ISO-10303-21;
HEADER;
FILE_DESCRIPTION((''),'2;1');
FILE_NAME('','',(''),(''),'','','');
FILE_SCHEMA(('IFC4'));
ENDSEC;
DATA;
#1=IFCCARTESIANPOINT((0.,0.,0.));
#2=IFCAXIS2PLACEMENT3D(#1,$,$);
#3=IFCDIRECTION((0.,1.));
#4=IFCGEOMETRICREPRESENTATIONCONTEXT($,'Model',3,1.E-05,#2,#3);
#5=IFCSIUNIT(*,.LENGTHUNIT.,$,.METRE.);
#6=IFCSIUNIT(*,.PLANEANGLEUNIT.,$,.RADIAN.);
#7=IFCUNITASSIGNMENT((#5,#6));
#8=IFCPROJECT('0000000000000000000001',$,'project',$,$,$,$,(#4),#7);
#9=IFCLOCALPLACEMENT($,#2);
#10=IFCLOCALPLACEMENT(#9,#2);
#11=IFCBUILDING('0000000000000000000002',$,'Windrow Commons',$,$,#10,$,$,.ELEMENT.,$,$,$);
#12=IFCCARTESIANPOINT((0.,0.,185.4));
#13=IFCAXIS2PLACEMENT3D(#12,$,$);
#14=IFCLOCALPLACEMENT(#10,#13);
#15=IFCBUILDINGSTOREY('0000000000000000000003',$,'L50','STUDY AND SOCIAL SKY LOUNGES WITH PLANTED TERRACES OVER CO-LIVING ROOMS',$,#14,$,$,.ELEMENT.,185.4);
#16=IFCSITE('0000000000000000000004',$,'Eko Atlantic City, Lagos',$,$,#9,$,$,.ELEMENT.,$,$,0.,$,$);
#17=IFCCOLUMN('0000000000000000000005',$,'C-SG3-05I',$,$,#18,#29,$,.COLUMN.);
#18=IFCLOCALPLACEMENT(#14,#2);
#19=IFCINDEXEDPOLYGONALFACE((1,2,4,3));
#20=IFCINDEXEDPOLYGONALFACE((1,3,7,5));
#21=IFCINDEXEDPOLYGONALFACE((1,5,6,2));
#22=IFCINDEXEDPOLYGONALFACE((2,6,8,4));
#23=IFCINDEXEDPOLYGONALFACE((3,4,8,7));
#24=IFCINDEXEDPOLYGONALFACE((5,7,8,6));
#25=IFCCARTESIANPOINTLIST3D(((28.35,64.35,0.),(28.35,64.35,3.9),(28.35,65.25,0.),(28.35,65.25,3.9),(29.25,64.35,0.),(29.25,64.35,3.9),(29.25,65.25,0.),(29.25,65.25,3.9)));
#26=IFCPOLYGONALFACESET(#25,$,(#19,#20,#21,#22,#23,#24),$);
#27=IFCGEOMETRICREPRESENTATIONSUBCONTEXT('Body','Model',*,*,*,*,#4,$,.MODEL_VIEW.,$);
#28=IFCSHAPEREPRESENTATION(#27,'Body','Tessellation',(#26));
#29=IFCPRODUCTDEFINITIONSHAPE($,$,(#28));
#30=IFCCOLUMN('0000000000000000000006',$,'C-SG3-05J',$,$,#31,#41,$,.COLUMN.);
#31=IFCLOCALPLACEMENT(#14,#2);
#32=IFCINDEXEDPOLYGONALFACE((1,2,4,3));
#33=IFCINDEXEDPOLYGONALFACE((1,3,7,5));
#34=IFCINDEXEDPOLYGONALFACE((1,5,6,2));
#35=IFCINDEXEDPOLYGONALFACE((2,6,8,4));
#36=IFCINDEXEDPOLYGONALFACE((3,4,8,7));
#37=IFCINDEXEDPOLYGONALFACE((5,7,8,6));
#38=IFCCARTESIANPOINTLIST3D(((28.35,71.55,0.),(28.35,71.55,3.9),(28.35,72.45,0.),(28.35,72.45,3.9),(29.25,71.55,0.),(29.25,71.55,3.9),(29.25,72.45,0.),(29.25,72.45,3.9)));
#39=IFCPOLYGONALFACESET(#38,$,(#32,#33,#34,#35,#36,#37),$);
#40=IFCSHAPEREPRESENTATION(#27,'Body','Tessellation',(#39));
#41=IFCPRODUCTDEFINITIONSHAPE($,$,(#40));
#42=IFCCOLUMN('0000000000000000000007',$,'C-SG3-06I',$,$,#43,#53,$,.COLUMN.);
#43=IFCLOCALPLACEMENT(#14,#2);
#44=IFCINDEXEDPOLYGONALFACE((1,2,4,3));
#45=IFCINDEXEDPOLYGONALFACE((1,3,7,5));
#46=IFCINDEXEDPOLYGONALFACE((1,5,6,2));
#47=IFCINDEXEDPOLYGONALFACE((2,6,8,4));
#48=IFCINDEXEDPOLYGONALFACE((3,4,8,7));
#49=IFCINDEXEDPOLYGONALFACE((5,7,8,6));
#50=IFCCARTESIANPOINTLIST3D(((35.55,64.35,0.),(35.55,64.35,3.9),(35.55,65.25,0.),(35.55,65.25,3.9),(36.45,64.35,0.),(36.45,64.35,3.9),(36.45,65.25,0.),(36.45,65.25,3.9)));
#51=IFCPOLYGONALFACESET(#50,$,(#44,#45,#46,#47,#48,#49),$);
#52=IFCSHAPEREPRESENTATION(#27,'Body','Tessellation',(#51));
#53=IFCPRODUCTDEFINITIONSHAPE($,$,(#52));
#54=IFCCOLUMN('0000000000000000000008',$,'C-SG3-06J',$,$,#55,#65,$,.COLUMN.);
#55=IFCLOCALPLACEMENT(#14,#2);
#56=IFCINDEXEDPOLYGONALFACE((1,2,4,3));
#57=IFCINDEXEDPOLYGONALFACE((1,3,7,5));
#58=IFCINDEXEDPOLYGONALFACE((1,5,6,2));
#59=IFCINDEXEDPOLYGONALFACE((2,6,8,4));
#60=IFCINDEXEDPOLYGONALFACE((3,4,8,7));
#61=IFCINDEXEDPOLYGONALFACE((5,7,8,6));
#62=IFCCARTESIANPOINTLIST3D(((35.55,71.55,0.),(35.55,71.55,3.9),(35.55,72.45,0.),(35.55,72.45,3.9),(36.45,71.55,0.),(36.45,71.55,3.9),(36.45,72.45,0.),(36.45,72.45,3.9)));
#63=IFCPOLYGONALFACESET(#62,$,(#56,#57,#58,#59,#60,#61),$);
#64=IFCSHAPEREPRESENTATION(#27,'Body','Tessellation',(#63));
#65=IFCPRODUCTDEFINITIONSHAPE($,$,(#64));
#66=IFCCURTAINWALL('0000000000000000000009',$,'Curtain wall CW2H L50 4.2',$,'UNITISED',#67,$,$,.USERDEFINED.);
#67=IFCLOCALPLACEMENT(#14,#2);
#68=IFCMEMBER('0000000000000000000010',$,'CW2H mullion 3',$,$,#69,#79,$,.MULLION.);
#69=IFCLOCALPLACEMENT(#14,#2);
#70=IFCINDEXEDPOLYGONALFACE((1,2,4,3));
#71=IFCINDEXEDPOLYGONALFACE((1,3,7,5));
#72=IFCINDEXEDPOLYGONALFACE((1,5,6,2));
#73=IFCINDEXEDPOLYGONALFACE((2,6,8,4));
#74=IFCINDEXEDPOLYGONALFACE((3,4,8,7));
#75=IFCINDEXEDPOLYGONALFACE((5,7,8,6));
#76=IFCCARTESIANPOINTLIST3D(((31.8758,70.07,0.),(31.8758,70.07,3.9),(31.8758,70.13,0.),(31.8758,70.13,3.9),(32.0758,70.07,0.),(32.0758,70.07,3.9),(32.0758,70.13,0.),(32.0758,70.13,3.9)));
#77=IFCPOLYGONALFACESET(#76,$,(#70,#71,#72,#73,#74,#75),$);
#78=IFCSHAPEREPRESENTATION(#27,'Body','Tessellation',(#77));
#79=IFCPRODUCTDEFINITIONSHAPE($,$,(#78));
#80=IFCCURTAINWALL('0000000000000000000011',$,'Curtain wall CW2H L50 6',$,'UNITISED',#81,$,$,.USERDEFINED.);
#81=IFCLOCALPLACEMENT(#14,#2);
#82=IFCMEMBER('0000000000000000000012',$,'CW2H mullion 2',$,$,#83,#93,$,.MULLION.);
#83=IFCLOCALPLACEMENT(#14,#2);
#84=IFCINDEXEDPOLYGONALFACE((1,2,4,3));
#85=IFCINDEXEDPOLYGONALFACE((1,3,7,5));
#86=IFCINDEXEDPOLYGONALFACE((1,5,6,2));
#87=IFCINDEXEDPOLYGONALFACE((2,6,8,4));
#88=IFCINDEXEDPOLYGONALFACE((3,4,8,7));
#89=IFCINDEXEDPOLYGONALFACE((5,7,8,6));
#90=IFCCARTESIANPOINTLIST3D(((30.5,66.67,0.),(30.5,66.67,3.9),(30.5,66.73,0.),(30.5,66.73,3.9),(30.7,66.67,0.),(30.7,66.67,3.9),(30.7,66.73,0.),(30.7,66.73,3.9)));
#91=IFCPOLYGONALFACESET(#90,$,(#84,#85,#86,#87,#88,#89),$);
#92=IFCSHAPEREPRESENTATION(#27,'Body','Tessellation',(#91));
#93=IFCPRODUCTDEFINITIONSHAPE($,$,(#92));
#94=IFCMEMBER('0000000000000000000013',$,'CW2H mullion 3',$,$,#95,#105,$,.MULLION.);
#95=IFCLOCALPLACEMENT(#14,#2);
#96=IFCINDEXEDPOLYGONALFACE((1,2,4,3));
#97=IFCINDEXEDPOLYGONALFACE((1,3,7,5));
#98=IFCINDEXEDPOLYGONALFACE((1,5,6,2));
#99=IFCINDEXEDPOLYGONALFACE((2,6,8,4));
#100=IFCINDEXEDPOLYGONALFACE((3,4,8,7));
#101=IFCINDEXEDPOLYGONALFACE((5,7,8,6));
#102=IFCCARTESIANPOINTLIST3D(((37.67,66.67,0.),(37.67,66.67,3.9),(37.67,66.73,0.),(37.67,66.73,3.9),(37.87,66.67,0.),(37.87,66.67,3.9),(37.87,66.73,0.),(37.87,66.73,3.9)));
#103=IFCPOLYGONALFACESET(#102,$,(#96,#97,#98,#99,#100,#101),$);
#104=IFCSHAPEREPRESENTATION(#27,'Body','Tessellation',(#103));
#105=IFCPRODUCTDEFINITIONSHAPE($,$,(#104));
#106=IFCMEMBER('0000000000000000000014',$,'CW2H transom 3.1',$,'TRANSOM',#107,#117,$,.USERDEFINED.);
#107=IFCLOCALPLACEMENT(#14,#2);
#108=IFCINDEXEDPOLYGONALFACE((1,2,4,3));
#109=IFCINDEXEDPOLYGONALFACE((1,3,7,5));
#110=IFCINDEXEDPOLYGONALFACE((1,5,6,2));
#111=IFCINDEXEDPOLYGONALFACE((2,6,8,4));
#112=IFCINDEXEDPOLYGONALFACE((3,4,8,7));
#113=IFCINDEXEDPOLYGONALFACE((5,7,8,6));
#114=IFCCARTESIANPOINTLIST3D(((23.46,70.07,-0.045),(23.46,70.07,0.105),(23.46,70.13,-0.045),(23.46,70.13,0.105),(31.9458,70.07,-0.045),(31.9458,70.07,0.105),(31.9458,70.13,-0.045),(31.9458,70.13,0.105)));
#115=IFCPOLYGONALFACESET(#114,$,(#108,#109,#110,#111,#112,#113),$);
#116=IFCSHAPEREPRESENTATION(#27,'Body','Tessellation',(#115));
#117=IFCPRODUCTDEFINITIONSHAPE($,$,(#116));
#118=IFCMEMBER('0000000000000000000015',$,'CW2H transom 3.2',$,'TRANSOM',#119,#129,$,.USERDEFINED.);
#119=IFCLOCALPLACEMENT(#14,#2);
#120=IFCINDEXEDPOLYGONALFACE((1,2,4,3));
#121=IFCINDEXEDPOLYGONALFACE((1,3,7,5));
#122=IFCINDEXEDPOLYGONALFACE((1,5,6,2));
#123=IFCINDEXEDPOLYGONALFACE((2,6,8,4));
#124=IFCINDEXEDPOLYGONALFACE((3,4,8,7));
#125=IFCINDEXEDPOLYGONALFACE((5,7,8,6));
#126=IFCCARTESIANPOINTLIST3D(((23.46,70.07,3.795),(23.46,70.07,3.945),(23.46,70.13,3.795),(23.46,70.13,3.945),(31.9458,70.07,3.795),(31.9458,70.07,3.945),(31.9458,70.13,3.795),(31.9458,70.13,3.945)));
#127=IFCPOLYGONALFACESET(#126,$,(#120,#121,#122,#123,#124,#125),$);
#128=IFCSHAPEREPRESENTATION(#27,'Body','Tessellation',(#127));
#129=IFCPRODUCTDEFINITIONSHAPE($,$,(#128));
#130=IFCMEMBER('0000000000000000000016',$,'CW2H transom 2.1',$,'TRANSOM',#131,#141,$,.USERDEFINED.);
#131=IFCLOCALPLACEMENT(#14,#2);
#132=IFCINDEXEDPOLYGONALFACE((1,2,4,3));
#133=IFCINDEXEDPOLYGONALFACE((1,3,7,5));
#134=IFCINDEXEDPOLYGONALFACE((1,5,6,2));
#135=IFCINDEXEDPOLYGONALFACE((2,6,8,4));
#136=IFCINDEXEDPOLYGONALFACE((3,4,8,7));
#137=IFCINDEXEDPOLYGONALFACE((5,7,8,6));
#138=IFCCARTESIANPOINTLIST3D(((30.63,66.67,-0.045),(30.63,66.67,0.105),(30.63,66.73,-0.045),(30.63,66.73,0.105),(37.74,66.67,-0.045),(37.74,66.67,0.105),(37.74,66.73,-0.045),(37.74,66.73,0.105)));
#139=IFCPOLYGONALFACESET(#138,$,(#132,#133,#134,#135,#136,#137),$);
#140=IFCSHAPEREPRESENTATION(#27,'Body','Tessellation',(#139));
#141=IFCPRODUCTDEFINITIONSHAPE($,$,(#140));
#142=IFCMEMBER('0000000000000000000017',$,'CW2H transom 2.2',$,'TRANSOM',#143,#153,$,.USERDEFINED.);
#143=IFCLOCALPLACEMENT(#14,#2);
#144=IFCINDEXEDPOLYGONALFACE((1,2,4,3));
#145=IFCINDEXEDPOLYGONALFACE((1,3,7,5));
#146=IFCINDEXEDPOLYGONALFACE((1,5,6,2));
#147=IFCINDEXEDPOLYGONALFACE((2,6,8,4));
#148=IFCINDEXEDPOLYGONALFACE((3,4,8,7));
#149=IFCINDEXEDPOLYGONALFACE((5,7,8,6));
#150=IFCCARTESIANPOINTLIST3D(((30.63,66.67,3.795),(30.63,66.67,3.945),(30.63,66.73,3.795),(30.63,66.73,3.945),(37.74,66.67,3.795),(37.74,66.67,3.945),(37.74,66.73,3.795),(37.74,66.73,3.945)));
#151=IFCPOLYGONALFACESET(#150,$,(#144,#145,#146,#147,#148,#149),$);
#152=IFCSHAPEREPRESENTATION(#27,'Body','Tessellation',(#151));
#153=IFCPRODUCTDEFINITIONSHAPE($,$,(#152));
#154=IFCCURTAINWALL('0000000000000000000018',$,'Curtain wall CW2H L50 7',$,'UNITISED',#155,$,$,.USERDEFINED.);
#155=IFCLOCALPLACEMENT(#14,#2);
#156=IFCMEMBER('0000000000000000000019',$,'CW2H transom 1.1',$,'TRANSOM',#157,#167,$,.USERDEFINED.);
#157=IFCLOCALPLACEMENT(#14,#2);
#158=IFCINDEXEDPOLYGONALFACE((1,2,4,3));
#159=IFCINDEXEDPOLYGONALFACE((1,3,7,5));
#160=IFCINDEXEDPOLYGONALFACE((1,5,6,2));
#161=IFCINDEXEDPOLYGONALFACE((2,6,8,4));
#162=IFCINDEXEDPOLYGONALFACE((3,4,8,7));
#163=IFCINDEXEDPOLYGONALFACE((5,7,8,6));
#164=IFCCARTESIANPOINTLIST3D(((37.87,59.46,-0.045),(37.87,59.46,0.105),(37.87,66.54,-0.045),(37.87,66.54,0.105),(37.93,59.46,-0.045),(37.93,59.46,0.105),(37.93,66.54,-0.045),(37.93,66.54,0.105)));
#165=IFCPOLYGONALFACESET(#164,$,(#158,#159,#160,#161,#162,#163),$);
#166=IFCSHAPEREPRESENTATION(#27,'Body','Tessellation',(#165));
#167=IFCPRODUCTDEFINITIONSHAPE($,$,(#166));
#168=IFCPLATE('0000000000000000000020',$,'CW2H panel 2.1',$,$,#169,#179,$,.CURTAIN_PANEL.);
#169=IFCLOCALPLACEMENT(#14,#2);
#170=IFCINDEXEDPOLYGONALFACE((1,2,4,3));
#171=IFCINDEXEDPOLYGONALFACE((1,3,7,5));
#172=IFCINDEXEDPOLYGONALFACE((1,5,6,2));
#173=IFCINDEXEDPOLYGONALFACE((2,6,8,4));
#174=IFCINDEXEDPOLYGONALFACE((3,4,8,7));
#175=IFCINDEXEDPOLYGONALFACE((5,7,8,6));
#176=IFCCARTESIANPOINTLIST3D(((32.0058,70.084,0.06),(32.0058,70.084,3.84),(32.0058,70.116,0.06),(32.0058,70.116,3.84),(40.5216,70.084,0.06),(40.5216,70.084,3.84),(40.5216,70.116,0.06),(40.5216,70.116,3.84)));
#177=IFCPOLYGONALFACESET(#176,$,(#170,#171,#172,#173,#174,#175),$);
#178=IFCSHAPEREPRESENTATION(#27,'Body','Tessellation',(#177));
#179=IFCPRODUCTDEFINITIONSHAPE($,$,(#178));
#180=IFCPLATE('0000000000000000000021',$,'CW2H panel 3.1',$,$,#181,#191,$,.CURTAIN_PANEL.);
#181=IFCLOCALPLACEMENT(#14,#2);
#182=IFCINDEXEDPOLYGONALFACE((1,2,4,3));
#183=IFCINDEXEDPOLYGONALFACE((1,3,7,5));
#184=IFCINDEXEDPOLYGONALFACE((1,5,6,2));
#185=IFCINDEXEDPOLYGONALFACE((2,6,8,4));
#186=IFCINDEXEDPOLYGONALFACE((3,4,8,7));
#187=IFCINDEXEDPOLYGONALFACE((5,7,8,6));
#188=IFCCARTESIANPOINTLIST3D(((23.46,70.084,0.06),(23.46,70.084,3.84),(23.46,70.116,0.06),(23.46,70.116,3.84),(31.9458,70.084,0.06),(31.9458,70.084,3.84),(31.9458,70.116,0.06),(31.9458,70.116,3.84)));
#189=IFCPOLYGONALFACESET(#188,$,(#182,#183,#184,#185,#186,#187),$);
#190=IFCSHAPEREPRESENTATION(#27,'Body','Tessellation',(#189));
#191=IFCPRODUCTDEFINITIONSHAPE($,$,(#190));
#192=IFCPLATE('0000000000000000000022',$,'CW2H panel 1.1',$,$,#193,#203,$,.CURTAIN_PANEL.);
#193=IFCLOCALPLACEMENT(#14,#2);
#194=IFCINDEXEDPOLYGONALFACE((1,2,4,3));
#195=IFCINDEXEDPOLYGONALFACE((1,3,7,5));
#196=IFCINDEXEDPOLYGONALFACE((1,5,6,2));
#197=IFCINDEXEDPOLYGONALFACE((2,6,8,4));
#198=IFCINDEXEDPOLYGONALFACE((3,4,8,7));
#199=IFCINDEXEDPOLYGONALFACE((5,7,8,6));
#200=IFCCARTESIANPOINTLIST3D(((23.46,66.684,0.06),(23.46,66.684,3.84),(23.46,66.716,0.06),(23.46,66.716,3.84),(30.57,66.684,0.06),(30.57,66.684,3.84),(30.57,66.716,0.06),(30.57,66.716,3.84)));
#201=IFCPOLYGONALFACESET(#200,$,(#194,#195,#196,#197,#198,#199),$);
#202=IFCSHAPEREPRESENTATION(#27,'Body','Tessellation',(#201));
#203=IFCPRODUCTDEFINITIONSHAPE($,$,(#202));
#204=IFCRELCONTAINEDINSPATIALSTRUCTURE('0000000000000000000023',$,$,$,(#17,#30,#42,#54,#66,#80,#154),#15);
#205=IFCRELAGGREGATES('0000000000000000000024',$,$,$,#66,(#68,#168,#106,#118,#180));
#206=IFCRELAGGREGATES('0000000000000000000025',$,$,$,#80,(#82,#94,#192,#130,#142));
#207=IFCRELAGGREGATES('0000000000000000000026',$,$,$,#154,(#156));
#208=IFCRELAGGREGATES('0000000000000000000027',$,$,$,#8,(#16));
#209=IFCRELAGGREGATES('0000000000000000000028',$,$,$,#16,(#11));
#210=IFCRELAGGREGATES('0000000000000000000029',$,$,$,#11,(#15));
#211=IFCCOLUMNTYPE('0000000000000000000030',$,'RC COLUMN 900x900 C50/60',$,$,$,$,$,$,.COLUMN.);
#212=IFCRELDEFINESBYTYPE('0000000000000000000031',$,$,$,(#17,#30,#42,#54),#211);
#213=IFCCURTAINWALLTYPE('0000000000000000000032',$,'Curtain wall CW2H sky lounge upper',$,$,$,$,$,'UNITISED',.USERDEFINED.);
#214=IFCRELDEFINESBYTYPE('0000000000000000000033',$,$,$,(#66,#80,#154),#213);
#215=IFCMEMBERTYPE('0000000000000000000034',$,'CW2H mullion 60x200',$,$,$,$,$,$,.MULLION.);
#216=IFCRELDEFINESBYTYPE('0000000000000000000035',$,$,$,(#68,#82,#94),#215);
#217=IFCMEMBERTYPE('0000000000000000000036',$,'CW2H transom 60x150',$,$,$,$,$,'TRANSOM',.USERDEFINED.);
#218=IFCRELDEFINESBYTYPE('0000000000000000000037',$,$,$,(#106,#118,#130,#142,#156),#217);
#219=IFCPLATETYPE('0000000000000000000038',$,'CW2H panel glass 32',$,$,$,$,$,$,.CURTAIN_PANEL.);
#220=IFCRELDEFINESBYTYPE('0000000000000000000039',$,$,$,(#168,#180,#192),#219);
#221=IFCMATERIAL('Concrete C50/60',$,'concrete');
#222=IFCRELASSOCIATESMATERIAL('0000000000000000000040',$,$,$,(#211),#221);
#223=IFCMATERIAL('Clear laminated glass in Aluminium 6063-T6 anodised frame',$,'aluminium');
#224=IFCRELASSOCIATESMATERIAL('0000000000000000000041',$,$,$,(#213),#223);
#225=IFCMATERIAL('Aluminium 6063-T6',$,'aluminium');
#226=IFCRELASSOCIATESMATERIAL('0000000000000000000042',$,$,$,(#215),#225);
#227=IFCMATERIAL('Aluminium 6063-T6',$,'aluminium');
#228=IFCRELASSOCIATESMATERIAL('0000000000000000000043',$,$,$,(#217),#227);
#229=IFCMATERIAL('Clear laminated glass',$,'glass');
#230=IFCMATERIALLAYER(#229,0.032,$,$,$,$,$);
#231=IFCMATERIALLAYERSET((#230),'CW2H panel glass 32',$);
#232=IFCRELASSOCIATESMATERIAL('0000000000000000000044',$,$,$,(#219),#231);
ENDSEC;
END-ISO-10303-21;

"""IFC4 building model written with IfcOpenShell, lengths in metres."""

from ifc_helpers import new_model, si_unit, direction, frame, origin, origin_2d, place, context, subcontext, project, spatial, rectangle, extrude, material, layer, layer_set, material_profile, profile_set, type_object, element, aggregate, save


model = new_model("IFC4")

# Units and contexts
model_context = context("Model", 3, precision=1e-05, world=origin(), true_north=direction((0.0, 1.0)))
body_context = subcontext(model_context, "Body", "Model", "MODEL_VIEW")
ifc_project = project(units=[si_unit("LENGTHUNIT", "METRE"), si_unit("PLANEANGLEUNIT", "RADIAN")], contexts=[model_context])

# Site, building, storey
site_placement = place(None, origin())
site = spatial("IfcSite", under=ifc_project, at=site_placement, Name="Eko Atlantic City, Lagos", CompositionType="ELEMENT", RefElevation=0.0)
building_placement = place(site_placement, origin())
building = spatial("IfcBuilding", under=site, at=building_placement, Name="Windrow Commons", CompositionType="ELEMENT")
storey_placement = place(building_placement, frame((0.0, 0.0, 185.4)))
storey = spatial("IfcBuildingStorey", under=building, at=storey_placement, Name="L50", Description="STUDY AND SOCIAL SKY LOUNGES WITH PLANTED TERRACES OVER CO-LIVING ROOMS", CompositionType="ELEMENT", Elevation=185.4)

# Columns
ifc_material_1 = material(Name="Concrete C50/60", Category="concrete")
ifc_material_profile_1 = material_profile(ifc_material_1, rectangle(XDim=0.9, YDim=0.9, at=origin_2d()))
ifc_profile_set_1 = profile_set([ifc_material_profile_1], Name="Concrete C50/60")
column_type = type_object("IfcColumnType", Name="RC COLUMN 900x900 C50/60", PredefinedType="COLUMN", material=ifc_profile_set_1)
for number, where, z_axis, x_axis, name in (
    (1, (28.8, 64.8, 0.0), (0.0, 0.0, 1.0), (1.0, 0.0, 0.0), "C-SG3-05I"),
    (2, (28.8, 72.0, 0.0), (0.0, 0.0, 1.0), (1.0, 0.0, 0.0), "C-SG3-05J"),
    (3, (36.0, 64.8, 0.0), (0.0, 0.0, 1.0), (1.0, 0.0, 0.0), "C-SG3-06I"),
    (4, (36.0, 72.0, 0.0), (0.0, 0.0, 1.0), (1.0, 0.0, 0.0), "C-SG3-06J"),
):
    element("IfcColumn", number, at=place(storey_placement, frame(where, z_axis=z_axis, x_axis=x_axis)), inside=storey, type_object=column_type, Name=name, PredefinedType="COLUMN", context=body_context, shape_type="SweptSolid", body=[
        extrude(rectangle(XDim=0.9, YDim=0.9, at=origin_2d()), origin(), (0.0, 0.0, 1.0), 3.9),
    ])

# Curtain wall, member
ifc_material_2 = material(Name="Clear laminated glass in Aluminium 6063-T6 anodised frame", Category="aluminium")
curtain_wall_type = type_object("IfcCurtainWallType", Name="Curtain wall CW2H sky lounge upper", ElementType="UNITISED", PredefinedType="USERDEFINED", material=ifc_material_2)
placement = place(storey_placement, origin())
curtain_wall_1 = element("IfcCurtainWall", 5, at=placement, inside=storey, type_object=curtain_wall_type, Name="Curtain wall CW2H L50 4.2", ObjectType="UNITISED", PredefinedType="USERDEFINED")
ifc_material_3 = material(Name="Aluminium 6063-T6", Category="aluminium")
ifc_material_profile_2 = material_profile(ifc_material_3, rectangle(XDim=0.06, YDim=0.2, at=origin_2d()))
ifc_profile_set_2 = profile_set([ifc_material_profile_2], Name="Aluminium 6063-T6")
member_type_1 = type_object("IfcMemberType", Name="CW2H mullion 60x200", PredefinedType="MULLION", material=ifc_profile_set_2)
member_1_placement = place(storey_placement, frame((31.9758, 70.1, 0.0), z_axis=(0.0, 0.0, 1.0), x_axis=(0.0, -1.0, 0.0)))
member_1 = element("IfcMember", 6, at=member_1_placement, type_object=member_type_1, Name="CW2H mullion 3", PredefinedType="MULLION", context=body_context, shape_type="SweptSolid", body=[
    extrude(rectangle(XDim=0.06, YDim=0.2, at=origin_2d()), origin(), (0.0, 0.0, 1.0), 3.9),
])

# Curtain wall, members
curtain_wall_2 = element("IfcCurtainWall", 7, at=placement, inside=storey, type_object=curtain_wall_type, Name="Curtain wall CW2H L50 6", ObjectType="UNITISED", PredefinedType="USERDEFINED")
member_2_placement = place(storey_placement, frame((30.6, 66.7, 0.0), z_axis=(0.0, 0.0, 1.0), x_axis=(0.0, 1.0, 0.0)))
member_2 = element("IfcMember", 8, at=member_2_placement, type_object=member_type_1, Name="CW2H mullion 2", PredefinedType="MULLION", context=body_context, shape_type="SweptSolid", body=[
    extrude(rectangle(XDim=0.06, YDim=0.2, at=origin_2d()), origin(), (0.0, 0.0, 1.0), 3.9),
])
member_3_placement = place(storey_placement, frame((37.77, 66.7, 0.0), z_axis=(0.0, 0.0, 1.0), x_axis=(0.0, 1.0, 0.0)))
member_3 = element("IfcMember", 9, at=member_3_placement, type_object=member_type_1, Name="CW2H mullion 3", PredefinedType="MULLION", context=body_context, shape_type="SweptSolid", body=[
    extrude(rectangle(XDim=0.06, YDim=0.2, at=origin_2d()), origin(), (0.0, 0.0, 1.0), 3.9),
])

# Members
ifc_material_4 = material(Name="Aluminium 6063-T6", Category="aluminium")
ifc_material_profile_3 = material_profile(ifc_material_4, rectangle(XDim=0.06, YDim=0.15, at=origin_2d()))
ifc_profile_set_3 = profile_set([ifc_material_profile_3], Name="Aluminium 6063-T6")
member_type_2 = type_object("IfcMemberType", Name="CW2H transom 60x150", ElementType="TRANSOM", PredefinedType="USERDEFINED", material=ifc_profile_set_3)
member_4_placement = place(storey_placement, frame((31.9458, 70.1, 0.03), z_axis=(-1.0, 0.0, 0.0), x_axis=(0.0, -1.0, 0.0)))
member_4 = element("IfcMember", 10, at=member_4_placement, type_object=member_type_2, Name="CW2H transom 3.1", ObjectType="TRANSOM", PredefinedType="USERDEFINED", context=body_context, shape_type="SweptSolid", body=[
    extrude(rectangle(XDim=0.06, YDim=0.15, at=origin_2d()), origin(), (0.0, 0.0, 1.0), 8.4858),
])
member_5_placement = place(storey_placement, frame((31.9458, 70.1, 3.87), z_axis=(-1.0, 0.0, 0.0), x_axis=(0.0, -1.0, 0.0)))
member_5 = element("IfcMember", 11, at=member_5_placement, type_object=member_type_2, Name="CW2H transom 3.2", ObjectType="TRANSOM", PredefinedType="USERDEFINED", context=body_context, shape_type="SweptSolid", body=[
    extrude(rectangle(XDim=0.06, YDim=0.15, at=origin_2d()), origin(), (0.0, 0.0, 1.0), 8.4858),
])
member_6_placement = place(storey_placement, frame((30.63, 66.7, 0.03), z_axis=(1.0, 0.0, 0.0), x_axis=(0.0, 1.0, 0.0)))
member_6 = element("IfcMember", 12, at=member_6_placement, type_object=member_type_2, Name="CW2H transom 2.1", ObjectType="TRANSOM", PredefinedType="USERDEFINED", context=body_context, shape_type="SweptSolid", body=[
    extrude(rectangle(XDim=0.06, YDim=0.15, at=origin_2d()), origin(), (0.0, 0.0, 1.0), 7.11),
])
member_7_placement = place(storey_placement, frame((30.63, 66.7, 3.87), z_axis=(1.0, 0.0, 0.0), x_axis=(0.0, 1.0, 0.0)))
member_7 = element("IfcMember", 13, at=member_7_placement, type_object=member_type_2, Name="CW2H transom 2.2", ObjectType="TRANSOM", PredefinedType="USERDEFINED", context=body_context, shape_type="SweptSolid", body=[
    extrude(rectangle(XDim=0.06, YDim=0.15, at=origin_2d()), origin(), (0.0, 0.0, 1.0), 7.11),
])

# Curtain wall, member
curtain_wall_3 = element("IfcCurtainWall", 14, at=placement, inside=storey, type_object=curtain_wall_type, Name="Curtain wall CW2H L50 7", ObjectType="UNITISED", PredefinedType="USERDEFINED")
member_8_placement = place(storey_placement, frame((37.9, 66.54, 0.03), z_axis=(0.0, -1.0, 0.0), x_axis=(1.0, 0.0, 0.0)))
member_8 = element("IfcMember", 15, at=member_8_placement, type_object=member_type_2, Name="CW2H transom 1.1", ObjectType="TRANSOM", PredefinedType="USERDEFINED", context=body_context, shape_type="SweptSolid", body=[
    extrude(rectangle(XDim=0.06, YDim=0.15, at=origin_2d()), origin(), (0.0, 0.0, 1.0), 7.08),
])

# Plates
ifc_material_5 = material(Name="Clear laminated glass", Category="glass")
ifc_layer_1 = layer(ifc_material_5, 0.032)
ifc_layer_set_1 = layer_set([ifc_layer_1], Name="CW2H panel glass 32")
plate_type = type_object("IfcPlateType", Name="CW2H panel glass 32", PredefinedType="CURTAIN_PANEL", material=ifc_layer_set_1)
plate_1_placement = place(storey_placement, frame((36.2637, 70.1, 0.06), z_axis=(0.0, 0.0, 1.0), x_axis=(-1.0, 0.0, 0.0)))
plate_1 = element("IfcPlate", 16, at=plate_1_placement, type_object=plate_type, Name="CW2H panel 2.1", PredefinedType="CURTAIN_PANEL", context=body_context, shape_type="SweptSolid", body=[
    extrude(rectangle(XDim=8.5158, YDim=0.032, at=origin_2d()), origin(), (0.0, 0.0, 1.0), 3.78),
])
plate_2_placement = place(storey_placement, frame((27.7029, 70.1, 0.06), z_axis=(0.0, 0.0, 1.0), x_axis=(-1.0, 0.0, 0.0)))
plate_2 = element("IfcPlate", 17, at=plate_2_placement, type_object=plate_type, Name="CW2H panel 3.1", PredefinedType="CURTAIN_PANEL", context=body_context, shape_type="SweptSolid", body=[
    extrude(rectangle(XDim=8.4858, YDim=0.032, at=origin_2d()), origin(), (0.0, 0.0, 1.0), 3.78),
])
aggregate(curtain_wall_1, [member_1, plate_1, member_4, member_5, plate_2])
plate_3_placement = place(storey_placement, frame((27.015, 66.7, 0.06), z_axis=(0.0, 0.0, 1.0), x_axis=(1.0, 0.0, 0.0)))
plate_3 = element("IfcPlate", 18, at=plate_3_placement, type_object=plate_type, Name="CW2H panel 1.1", PredefinedType="CURTAIN_PANEL", context=body_context, shape_type="SweptSolid", body=[
    extrude(rectangle(XDim=7.11, YDim=0.032, at=origin_2d()), origin(), (0.0, 0.0, 1.0), 3.78),
])
aggregate(curtain_wall_2, [member_2, member_3, plate_3, member_6, member_7])
aggregate(curtain_wall_3, [member_8])

save(model, "model.ifc")
